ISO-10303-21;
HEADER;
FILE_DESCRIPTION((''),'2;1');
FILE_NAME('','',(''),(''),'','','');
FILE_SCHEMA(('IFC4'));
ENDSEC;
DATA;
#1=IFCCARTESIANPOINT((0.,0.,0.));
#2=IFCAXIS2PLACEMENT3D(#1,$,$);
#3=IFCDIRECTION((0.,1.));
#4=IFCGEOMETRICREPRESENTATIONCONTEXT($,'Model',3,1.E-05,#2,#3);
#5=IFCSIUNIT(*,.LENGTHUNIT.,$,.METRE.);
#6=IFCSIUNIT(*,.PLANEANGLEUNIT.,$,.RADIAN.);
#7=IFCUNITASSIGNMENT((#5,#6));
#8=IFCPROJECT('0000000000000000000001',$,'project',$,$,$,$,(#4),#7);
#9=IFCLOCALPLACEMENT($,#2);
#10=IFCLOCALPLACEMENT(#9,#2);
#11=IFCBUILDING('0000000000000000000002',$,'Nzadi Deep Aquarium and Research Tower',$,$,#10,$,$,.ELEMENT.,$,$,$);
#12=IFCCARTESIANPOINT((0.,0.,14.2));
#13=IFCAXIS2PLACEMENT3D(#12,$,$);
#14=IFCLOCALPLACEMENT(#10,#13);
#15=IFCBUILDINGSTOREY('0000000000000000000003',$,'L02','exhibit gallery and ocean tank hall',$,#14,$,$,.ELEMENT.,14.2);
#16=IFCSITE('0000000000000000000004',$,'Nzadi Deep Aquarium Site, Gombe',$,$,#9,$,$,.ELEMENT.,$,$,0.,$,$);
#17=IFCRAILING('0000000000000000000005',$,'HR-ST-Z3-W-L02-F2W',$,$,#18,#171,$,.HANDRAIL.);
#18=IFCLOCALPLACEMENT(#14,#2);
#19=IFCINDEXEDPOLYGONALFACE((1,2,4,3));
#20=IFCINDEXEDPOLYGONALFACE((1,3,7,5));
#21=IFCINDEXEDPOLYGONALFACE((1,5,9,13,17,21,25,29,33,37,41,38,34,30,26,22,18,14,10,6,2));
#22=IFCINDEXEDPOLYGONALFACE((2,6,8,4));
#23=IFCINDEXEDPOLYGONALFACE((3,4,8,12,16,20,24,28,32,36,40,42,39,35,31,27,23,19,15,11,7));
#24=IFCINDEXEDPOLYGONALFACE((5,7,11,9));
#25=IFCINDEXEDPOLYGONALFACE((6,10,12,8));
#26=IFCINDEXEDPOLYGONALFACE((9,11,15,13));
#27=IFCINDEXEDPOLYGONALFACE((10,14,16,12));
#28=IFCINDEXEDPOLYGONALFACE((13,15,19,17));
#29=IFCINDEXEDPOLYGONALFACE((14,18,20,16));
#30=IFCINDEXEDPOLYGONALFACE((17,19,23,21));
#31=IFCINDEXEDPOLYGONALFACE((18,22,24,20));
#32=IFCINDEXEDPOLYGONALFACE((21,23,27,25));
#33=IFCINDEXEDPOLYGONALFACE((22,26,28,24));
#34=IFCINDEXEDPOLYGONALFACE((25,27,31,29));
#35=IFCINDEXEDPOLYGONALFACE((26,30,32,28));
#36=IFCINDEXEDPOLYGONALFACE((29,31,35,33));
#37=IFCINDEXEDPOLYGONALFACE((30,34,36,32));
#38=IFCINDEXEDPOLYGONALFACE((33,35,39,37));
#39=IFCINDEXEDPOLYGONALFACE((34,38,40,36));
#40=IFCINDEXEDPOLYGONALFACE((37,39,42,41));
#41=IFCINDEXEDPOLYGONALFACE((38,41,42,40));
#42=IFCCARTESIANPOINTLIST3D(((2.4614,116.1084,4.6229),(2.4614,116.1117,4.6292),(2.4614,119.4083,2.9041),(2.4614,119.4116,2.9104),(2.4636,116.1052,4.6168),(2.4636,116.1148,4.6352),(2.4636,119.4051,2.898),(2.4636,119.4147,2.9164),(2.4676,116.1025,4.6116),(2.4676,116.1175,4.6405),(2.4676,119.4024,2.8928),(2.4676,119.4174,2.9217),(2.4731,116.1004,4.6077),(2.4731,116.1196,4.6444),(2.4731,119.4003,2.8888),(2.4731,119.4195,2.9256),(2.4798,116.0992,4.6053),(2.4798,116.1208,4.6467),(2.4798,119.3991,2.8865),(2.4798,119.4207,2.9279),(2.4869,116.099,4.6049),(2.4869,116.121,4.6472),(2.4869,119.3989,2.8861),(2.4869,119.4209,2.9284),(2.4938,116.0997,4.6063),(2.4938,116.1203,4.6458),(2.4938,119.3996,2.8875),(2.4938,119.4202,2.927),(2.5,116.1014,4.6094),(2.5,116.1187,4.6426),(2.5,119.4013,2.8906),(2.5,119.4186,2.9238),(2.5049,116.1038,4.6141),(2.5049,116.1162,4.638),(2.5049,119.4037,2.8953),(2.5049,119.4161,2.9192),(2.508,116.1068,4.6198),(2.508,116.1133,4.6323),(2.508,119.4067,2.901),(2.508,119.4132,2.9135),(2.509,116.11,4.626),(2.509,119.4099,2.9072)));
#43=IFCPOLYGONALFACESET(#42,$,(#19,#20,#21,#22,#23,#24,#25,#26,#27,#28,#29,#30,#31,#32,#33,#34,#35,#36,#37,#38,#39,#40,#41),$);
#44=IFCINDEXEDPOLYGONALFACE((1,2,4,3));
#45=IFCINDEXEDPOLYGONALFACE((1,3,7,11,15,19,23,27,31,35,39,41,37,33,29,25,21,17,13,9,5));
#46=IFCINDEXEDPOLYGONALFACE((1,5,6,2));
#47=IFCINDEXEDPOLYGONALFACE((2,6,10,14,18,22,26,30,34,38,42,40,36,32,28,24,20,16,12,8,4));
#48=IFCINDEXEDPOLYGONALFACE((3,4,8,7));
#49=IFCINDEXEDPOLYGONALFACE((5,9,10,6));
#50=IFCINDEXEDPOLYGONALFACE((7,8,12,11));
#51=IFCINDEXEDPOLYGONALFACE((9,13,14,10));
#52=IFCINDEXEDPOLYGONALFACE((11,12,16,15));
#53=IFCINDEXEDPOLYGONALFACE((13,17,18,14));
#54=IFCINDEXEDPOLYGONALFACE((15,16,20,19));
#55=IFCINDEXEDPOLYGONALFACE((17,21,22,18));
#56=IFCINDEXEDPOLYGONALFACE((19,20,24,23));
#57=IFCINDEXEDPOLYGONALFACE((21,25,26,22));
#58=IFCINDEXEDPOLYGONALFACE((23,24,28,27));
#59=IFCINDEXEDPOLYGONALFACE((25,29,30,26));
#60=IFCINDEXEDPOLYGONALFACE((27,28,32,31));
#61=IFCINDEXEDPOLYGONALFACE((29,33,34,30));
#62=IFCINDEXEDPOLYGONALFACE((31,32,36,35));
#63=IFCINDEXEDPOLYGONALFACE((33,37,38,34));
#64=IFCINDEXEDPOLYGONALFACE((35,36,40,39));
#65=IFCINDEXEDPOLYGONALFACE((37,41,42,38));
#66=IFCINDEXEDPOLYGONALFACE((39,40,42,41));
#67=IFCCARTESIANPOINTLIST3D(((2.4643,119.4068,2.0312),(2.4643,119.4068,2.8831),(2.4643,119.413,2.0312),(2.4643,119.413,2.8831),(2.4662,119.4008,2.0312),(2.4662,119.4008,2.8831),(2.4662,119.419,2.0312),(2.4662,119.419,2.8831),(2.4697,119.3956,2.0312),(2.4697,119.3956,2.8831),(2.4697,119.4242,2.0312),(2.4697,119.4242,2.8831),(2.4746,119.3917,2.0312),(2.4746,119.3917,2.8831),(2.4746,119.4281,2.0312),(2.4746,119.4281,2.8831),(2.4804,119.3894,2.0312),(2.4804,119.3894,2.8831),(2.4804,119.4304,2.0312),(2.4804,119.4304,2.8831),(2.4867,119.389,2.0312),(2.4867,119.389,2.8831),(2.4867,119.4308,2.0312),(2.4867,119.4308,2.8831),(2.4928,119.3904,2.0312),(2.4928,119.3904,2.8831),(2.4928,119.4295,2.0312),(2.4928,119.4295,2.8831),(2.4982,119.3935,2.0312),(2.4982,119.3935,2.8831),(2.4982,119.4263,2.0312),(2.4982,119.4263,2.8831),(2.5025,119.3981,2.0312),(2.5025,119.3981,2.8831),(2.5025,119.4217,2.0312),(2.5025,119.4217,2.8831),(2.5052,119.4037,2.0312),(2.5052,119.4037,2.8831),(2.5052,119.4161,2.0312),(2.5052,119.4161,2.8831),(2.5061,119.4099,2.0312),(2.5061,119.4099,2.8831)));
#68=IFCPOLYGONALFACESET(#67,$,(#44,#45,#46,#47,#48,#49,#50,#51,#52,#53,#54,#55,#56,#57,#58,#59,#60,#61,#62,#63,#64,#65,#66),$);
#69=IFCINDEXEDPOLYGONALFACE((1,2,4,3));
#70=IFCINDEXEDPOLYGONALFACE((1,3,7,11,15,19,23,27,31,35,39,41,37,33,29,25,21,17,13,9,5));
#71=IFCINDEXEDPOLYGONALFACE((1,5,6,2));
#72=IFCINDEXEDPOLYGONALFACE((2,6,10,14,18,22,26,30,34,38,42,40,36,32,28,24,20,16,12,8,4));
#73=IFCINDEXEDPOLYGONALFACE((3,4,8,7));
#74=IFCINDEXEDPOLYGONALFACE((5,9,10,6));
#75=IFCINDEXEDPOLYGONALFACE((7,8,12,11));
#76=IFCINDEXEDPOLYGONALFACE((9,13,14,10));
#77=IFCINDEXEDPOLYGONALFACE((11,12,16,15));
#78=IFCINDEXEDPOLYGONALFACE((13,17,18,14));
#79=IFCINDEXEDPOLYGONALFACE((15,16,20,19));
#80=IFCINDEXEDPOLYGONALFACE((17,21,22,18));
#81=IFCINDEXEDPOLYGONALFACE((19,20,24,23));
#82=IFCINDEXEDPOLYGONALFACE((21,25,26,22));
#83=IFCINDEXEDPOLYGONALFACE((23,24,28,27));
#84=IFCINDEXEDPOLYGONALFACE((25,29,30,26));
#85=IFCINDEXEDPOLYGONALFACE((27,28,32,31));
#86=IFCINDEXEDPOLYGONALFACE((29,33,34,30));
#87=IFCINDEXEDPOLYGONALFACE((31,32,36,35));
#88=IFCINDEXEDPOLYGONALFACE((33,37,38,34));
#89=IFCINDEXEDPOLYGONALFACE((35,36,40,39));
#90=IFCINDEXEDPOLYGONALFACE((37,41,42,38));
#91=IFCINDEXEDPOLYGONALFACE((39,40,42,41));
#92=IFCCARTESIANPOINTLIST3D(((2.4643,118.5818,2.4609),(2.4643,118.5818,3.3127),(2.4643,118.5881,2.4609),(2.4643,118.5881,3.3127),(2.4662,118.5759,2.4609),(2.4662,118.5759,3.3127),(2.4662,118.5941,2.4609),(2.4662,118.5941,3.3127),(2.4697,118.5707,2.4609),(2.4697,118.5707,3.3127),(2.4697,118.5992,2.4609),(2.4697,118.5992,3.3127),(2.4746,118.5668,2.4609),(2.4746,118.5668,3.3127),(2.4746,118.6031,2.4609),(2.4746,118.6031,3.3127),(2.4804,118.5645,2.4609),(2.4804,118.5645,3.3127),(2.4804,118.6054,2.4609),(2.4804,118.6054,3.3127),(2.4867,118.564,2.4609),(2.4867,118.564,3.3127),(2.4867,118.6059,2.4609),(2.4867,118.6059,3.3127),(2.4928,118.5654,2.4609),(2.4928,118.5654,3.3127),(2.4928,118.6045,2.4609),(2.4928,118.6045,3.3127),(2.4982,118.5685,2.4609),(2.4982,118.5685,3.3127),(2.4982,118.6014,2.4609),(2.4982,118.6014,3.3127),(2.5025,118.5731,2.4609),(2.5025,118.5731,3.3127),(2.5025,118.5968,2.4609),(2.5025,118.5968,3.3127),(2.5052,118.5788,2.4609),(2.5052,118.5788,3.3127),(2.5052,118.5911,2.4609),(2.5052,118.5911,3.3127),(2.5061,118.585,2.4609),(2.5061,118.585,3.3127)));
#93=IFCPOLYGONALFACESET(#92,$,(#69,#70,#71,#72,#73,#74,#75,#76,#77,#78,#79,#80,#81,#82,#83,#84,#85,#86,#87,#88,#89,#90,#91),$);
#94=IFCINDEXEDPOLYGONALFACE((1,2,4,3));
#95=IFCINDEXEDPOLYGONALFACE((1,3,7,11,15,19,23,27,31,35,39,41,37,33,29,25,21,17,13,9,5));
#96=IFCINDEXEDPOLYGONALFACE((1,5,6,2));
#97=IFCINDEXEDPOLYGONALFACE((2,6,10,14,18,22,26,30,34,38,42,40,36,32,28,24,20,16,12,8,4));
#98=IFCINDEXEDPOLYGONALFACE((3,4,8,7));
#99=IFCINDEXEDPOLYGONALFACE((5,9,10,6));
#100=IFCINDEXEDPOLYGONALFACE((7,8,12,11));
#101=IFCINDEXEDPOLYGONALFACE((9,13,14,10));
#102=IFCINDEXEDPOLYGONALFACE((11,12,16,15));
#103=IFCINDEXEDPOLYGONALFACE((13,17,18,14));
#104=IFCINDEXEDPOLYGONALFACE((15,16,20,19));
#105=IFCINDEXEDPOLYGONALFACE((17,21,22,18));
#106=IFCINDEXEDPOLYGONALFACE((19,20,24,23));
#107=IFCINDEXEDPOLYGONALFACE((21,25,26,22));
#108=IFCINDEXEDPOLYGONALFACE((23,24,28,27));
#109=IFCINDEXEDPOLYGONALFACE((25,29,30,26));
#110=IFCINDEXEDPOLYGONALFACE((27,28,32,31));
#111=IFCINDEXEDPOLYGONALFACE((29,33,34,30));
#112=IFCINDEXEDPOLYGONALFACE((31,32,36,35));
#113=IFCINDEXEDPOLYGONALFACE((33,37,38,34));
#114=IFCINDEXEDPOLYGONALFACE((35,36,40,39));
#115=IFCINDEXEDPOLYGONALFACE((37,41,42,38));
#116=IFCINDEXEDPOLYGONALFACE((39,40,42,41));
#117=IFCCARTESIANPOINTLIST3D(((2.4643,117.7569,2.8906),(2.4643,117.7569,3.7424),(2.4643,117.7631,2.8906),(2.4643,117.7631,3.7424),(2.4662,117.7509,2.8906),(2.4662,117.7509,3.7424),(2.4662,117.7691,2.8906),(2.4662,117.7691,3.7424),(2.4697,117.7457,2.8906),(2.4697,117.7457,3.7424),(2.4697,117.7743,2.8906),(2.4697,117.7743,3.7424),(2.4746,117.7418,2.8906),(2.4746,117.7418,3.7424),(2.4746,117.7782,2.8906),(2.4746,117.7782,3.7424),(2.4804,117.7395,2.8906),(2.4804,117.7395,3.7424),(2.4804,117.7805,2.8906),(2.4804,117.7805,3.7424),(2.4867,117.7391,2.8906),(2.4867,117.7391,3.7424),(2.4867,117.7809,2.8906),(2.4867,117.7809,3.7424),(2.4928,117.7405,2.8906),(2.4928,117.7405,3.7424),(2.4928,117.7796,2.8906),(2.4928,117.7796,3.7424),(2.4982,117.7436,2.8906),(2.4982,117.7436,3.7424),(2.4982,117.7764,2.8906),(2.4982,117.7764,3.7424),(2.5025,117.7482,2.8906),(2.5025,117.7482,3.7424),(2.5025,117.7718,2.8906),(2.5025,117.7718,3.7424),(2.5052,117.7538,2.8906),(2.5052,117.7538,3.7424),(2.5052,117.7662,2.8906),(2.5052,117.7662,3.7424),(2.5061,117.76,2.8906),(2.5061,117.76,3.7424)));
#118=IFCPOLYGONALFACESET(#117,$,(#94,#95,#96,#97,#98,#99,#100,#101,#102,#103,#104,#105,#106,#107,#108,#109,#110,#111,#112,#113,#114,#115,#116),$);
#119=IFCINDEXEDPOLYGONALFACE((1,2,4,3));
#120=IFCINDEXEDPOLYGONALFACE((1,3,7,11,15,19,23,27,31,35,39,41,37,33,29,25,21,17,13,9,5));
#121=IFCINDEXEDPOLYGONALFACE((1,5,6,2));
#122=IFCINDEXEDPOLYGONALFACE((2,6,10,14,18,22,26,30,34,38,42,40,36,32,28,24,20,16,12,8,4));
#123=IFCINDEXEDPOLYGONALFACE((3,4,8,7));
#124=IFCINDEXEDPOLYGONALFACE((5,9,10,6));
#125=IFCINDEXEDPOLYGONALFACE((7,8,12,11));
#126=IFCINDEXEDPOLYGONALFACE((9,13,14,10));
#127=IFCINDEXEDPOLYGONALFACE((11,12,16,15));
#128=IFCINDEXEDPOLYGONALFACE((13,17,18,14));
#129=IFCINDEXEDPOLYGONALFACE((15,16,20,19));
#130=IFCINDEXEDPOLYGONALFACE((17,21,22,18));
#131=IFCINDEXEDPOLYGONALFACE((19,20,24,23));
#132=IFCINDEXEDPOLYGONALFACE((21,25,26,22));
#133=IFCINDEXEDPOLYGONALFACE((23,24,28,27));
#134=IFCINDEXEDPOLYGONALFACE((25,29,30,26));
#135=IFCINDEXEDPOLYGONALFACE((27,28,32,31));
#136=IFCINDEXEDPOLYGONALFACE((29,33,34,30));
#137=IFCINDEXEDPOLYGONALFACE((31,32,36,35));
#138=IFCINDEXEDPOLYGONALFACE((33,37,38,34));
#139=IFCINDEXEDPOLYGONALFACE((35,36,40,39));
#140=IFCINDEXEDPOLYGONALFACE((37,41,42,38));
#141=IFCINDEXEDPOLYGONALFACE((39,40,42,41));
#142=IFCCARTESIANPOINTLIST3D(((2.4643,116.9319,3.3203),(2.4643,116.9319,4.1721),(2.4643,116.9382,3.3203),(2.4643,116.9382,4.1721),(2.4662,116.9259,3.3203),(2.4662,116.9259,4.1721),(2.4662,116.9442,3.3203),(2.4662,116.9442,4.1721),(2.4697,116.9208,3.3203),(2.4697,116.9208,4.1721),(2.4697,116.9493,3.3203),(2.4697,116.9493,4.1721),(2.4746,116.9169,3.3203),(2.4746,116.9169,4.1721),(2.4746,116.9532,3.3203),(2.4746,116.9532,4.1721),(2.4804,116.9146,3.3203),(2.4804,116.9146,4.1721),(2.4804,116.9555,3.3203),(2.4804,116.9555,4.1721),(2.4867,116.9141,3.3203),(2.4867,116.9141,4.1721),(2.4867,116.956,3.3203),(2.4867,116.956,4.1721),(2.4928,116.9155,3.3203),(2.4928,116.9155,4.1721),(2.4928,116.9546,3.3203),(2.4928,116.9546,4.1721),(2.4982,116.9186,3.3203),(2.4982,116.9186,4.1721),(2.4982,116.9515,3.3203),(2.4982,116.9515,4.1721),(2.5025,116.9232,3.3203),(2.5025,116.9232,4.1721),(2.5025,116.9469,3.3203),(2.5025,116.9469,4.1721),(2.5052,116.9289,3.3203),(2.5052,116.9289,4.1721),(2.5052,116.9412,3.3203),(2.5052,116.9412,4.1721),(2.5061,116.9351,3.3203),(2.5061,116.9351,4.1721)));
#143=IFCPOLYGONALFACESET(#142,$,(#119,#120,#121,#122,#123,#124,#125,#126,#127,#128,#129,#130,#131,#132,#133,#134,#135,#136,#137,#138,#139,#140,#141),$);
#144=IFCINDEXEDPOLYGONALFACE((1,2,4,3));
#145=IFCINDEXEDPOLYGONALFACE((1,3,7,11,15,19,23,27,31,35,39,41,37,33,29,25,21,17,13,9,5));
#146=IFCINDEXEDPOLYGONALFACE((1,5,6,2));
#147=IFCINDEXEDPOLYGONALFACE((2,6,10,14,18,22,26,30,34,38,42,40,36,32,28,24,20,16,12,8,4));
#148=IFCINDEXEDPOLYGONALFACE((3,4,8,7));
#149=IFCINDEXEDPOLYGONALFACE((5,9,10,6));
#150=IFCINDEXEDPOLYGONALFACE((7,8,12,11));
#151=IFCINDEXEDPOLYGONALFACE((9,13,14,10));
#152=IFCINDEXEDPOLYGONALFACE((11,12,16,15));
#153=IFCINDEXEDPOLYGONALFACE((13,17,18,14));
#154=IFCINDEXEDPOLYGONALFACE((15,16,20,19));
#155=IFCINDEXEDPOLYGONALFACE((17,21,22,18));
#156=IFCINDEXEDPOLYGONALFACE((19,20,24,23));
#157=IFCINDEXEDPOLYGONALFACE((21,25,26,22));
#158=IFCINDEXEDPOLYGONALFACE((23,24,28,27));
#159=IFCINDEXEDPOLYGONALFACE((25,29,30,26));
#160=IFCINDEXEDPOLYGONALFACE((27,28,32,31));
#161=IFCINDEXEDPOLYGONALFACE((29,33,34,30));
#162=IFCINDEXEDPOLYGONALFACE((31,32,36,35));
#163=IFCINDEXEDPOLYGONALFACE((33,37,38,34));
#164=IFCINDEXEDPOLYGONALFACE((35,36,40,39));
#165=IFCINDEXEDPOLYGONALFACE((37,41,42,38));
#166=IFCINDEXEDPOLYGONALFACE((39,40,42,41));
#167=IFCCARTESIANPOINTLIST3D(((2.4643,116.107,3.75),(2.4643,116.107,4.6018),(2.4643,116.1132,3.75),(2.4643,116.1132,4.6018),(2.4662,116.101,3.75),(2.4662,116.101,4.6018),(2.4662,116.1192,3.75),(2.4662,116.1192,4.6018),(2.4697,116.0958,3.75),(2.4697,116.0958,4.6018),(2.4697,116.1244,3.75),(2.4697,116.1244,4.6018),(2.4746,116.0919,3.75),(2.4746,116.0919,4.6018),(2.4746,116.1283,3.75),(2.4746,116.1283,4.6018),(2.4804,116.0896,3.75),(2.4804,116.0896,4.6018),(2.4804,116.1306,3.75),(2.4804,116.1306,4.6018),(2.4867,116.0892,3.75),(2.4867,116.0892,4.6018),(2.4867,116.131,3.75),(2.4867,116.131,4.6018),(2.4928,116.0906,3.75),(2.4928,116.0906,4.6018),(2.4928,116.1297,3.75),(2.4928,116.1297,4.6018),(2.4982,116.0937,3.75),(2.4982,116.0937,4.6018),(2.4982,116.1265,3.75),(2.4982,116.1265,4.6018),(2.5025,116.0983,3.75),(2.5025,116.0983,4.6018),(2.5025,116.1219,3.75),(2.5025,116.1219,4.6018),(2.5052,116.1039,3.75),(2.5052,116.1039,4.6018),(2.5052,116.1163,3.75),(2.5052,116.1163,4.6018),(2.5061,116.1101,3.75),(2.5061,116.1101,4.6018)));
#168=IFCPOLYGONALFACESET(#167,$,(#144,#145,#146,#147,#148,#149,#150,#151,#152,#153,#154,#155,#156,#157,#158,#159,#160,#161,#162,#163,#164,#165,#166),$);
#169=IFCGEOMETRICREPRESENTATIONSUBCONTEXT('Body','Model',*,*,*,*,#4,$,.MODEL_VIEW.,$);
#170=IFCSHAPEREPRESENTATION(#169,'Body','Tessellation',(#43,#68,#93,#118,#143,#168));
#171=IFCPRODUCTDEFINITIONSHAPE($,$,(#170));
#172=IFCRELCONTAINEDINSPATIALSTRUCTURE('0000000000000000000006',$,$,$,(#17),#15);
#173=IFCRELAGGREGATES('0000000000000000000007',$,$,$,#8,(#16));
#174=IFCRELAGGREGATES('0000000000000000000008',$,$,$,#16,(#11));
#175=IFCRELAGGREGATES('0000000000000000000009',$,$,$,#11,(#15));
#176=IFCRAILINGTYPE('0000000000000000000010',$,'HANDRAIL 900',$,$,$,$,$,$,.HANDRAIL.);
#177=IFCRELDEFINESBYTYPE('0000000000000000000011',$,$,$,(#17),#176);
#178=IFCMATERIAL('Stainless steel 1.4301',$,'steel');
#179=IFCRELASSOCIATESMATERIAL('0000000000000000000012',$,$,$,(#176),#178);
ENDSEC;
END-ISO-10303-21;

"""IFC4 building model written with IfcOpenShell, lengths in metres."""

from ifc_helpers import new_model, si_unit, direction, frame, origin, origin_2d, place, context, subcontext, project, spatial, circle, extrude, material, type_object, element, save


model = new_model("IFC4")

# Units and contexts
model_context = context("Model", 3, precision=1e-05, world=origin(), true_north=direction((0.0, 1.0)))
body_context = subcontext(model_context, "Body", "Model", "MODEL_VIEW")
ifc_project = project(units=[si_unit("LENGTHUNIT", "METRE"), si_unit("PLANEANGLEUNIT", "RADIAN")], contexts=[model_context])

# Site, building, storey
site_placement = place(None, origin())
site = spatial("IfcSite", under=ifc_project, at=site_placement, Name="Nzadi Deep Aquarium Site, Gombe", CompositionType="ELEMENT", RefElevation=0.0)
building_placement = place(site_placement, origin())
building = spatial("IfcBuilding", under=site, at=building_placement, Name="Nzadi Deep Aquarium and Research Tower", CompositionType="ELEMENT")
storey_placement = place(building_placement, frame((0.0, 0.0, 14.2)))
storey = spatial("IfcBuildingStorey", under=building, at=storey_placement, Name="L02", Description="exhibit gallery and ocean tank hall", CompositionType="ELEMENT", Elevation=14.2)

# Railing
ifc_material_1 = material(Name="Stainless steel 1.4301", Category="steel")
railing_type = type_object("IfcRailingType", Name="HANDRAIL 900", PredefinedType="HANDRAIL", material=ifc_material_1)
for number, where, name in (
    (1, (2.4851, 119.4099, 2.0312), "HR-ST-Z3-W-L02-F2W"),
):
    element("IfcRailing", number, at=place(storey_placement, frame(where)), inside=storey, type_object=railing_type, Name=name, PredefinedType="HANDRAIL", context=body_context, shape_type="SweptSolid", body=[
        extrude(circle(Radius=0.0239, at=origin_2d()), frame((0.0, 0.0, 0.876), z_axis=(0.0, -0.886903, 0.461956), x_axis=(1.0, 0.0, 0.0)), (0.0, 0.0, 1.0), 3.7207),
        extrude(circle(Radius=0.021, at=origin_2d()), origin(), (0.0, 0.0, 1.0), 0.8518),
        extrude(circle(Radius=0.021, at=origin_2d()), frame((0.0, -0.825, 0.4297)), (0.0, 0.0, 1.0), 0.8518),
        extrude(circle(Radius=0.021, at=origin_2d()), frame((0.0, -1.6499, 0.8594)), (0.0, 0.0, 1.0), 0.8518),
        extrude(circle(Radius=0.021, at=origin_2d()), frame((0.0, -2.4749, 1.2891)), (0.0, 0.0, 1.0), 0.8518),
        extrude(circle(Radius=0.021, at=origin_2d()), frame((0.0, -3.2998, 1.7188)), (0.0, 0.0, 1.0), 0.8518),
    ])

save(model, "model.ifc")
